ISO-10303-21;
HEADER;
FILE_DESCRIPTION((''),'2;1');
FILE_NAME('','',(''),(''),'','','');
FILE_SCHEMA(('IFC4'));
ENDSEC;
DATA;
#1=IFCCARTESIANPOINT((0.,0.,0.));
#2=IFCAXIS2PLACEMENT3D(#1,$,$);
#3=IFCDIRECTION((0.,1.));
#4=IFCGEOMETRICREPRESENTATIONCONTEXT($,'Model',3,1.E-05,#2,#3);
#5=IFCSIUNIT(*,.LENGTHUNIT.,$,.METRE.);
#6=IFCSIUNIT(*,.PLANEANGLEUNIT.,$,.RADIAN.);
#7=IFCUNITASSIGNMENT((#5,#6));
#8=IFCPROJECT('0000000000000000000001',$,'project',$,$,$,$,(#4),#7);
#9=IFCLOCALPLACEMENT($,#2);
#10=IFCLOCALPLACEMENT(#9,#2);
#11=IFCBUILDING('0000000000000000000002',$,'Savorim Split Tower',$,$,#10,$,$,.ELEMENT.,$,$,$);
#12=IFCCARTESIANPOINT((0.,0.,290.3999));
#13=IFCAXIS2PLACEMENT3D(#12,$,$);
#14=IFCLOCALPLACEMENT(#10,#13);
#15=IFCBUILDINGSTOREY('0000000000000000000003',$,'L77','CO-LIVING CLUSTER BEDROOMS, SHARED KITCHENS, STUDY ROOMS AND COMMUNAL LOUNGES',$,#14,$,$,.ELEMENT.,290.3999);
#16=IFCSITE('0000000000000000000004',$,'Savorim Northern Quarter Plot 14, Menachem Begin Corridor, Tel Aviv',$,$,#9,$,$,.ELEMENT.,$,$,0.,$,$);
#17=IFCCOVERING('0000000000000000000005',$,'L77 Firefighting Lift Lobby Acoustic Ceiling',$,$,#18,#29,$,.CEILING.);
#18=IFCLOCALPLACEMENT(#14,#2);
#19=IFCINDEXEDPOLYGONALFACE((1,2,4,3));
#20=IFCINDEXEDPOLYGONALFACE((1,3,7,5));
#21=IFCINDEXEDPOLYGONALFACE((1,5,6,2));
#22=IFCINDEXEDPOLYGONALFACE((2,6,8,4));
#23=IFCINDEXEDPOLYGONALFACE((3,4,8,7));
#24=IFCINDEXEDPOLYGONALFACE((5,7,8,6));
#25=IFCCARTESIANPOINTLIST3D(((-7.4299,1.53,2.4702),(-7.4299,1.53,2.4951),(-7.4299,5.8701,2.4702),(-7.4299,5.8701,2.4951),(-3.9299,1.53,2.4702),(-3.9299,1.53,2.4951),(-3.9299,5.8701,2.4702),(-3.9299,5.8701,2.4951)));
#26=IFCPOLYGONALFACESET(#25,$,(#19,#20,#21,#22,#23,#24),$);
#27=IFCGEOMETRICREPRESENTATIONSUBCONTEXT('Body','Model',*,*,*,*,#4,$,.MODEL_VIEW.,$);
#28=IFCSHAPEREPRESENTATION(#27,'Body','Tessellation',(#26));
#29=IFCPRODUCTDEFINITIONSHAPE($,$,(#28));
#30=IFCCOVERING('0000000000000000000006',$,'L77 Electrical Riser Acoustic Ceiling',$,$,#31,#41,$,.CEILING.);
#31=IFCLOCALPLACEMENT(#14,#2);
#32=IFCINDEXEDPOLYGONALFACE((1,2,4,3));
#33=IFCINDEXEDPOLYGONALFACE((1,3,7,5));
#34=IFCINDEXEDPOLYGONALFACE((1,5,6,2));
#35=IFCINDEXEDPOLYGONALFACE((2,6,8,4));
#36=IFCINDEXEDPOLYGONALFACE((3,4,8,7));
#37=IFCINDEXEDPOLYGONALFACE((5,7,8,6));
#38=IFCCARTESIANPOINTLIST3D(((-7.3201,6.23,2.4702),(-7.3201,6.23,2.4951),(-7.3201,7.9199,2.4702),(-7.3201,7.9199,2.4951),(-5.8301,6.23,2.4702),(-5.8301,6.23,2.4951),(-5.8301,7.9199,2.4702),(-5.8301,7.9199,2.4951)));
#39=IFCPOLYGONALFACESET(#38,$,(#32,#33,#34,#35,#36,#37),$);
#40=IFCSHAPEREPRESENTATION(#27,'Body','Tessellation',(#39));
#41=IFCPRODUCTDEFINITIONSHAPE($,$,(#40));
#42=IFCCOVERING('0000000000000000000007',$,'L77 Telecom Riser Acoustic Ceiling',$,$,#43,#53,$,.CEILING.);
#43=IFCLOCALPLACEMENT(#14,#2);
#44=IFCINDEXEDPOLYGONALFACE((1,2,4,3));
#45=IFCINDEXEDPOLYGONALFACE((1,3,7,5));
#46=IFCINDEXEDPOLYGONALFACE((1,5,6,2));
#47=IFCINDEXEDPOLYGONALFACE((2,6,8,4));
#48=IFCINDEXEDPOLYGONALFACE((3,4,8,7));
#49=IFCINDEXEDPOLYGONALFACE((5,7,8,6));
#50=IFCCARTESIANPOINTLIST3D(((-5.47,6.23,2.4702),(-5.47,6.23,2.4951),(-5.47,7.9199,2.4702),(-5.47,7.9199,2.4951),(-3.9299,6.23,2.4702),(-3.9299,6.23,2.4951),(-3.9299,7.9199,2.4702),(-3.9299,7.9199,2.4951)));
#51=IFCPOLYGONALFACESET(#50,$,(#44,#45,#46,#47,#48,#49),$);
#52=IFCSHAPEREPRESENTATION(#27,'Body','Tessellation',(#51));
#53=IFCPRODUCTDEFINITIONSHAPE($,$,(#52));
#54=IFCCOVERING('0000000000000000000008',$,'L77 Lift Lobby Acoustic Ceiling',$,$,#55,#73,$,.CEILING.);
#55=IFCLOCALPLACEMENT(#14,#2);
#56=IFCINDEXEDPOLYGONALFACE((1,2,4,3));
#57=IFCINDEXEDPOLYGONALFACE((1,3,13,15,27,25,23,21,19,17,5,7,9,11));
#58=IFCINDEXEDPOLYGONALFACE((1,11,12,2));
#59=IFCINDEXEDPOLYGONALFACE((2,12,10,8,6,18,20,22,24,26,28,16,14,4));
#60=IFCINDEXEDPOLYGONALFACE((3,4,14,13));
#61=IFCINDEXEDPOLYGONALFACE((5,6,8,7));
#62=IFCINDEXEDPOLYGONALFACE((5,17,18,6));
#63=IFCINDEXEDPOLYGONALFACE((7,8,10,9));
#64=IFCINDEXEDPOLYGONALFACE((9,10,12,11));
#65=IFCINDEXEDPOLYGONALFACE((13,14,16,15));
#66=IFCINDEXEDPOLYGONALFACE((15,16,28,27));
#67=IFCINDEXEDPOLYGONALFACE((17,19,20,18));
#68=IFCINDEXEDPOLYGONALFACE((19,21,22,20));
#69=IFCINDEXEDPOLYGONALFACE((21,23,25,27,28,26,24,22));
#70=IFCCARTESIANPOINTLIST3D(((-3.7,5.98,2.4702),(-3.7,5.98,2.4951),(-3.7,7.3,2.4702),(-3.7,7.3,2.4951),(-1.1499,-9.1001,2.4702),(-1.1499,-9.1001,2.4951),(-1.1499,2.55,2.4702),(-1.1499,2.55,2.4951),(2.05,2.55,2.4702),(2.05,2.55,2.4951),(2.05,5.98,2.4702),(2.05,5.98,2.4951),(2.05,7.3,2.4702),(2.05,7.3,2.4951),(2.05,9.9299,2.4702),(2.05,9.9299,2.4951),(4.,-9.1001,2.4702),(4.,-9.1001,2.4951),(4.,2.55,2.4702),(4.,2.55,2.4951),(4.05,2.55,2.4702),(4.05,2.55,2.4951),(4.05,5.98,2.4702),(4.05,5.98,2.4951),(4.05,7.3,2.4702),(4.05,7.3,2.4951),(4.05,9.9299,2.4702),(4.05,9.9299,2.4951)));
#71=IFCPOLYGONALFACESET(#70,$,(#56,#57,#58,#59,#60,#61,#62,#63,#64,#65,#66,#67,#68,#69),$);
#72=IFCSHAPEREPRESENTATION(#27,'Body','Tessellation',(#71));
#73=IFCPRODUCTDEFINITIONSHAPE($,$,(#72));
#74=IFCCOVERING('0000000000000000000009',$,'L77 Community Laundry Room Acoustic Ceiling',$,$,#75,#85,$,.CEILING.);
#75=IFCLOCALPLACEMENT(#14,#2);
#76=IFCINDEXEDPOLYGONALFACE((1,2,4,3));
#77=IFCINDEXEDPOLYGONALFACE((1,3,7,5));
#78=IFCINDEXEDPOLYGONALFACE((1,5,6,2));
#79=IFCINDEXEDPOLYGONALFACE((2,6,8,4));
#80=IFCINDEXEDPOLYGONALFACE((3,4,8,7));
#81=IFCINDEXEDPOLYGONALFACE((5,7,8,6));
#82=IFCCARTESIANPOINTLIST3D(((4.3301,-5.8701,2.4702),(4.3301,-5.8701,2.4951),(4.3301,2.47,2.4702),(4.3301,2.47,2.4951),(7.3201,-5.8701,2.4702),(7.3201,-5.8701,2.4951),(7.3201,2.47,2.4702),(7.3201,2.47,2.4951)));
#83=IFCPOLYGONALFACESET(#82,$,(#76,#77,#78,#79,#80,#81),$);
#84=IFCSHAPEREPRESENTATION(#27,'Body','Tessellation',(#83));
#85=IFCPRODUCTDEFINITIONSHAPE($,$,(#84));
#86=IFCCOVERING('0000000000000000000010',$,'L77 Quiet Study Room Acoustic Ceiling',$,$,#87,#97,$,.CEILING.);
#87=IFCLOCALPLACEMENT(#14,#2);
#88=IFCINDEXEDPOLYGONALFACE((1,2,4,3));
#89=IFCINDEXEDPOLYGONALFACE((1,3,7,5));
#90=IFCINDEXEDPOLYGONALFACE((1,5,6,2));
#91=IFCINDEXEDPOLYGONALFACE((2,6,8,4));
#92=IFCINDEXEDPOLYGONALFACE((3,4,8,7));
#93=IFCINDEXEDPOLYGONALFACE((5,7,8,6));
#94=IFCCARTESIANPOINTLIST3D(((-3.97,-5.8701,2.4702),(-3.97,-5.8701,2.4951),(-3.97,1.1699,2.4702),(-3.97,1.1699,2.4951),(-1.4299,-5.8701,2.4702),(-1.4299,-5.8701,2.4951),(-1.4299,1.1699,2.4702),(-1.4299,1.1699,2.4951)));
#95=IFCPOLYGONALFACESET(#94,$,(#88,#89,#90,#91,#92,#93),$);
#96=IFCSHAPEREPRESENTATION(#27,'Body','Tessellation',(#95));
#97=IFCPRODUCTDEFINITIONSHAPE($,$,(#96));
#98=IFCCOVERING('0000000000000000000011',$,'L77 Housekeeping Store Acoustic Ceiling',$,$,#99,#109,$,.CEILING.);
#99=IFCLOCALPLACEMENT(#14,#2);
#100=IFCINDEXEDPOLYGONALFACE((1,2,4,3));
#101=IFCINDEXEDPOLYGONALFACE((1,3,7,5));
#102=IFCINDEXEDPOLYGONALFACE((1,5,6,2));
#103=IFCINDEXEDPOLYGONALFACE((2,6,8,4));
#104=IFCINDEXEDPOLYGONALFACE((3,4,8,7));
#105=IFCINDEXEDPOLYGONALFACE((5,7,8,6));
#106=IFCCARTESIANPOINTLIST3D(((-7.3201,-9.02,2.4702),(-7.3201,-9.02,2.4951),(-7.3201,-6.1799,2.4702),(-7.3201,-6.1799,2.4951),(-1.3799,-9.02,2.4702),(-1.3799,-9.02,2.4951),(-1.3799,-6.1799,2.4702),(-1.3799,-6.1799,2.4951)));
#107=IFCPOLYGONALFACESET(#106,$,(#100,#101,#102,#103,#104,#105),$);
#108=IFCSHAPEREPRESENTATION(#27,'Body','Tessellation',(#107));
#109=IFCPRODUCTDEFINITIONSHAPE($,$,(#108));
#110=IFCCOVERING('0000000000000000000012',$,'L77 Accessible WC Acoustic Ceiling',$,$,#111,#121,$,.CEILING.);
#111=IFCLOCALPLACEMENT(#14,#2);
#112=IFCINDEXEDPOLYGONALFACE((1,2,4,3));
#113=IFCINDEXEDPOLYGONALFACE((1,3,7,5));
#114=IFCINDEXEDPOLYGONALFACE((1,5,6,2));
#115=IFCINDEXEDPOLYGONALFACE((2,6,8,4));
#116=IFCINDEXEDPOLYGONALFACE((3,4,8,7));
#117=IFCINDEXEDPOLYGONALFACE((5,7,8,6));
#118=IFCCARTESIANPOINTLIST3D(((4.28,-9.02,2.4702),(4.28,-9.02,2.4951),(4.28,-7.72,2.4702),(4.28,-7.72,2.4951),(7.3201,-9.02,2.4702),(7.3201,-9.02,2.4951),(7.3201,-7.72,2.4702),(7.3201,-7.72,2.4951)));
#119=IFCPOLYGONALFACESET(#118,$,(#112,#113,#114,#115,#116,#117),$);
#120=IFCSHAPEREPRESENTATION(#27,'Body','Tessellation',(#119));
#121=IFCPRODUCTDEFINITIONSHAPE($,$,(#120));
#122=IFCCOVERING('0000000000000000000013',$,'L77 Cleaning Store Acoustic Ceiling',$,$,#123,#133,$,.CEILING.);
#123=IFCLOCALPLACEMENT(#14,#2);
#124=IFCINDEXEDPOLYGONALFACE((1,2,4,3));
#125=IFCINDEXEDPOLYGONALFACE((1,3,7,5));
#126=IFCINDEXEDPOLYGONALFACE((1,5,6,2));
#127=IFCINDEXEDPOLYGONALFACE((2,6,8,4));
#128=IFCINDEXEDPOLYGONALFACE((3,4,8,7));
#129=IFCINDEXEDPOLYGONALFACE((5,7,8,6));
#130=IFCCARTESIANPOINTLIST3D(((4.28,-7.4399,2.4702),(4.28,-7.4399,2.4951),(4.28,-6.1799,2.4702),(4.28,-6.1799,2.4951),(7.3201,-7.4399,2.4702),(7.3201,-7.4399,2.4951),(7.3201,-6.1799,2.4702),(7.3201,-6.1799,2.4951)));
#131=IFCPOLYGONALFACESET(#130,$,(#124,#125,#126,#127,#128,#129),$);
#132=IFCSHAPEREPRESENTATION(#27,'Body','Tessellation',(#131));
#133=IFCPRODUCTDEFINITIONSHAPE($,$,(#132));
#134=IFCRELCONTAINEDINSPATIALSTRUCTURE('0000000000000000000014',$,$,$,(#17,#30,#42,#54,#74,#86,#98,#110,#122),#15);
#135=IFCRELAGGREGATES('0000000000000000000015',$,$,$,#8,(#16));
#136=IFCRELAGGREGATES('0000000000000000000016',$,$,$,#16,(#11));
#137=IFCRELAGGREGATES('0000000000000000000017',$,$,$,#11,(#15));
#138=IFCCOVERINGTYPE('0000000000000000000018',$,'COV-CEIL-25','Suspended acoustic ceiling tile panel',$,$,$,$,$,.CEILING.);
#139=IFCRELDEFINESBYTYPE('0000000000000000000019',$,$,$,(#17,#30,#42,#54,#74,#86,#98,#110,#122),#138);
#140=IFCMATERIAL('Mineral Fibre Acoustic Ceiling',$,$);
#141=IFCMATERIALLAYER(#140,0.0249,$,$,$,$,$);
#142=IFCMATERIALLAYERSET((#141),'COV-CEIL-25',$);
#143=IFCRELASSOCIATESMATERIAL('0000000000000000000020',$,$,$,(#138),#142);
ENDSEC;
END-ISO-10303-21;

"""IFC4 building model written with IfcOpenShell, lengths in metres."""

from ifc_helpers import new_model, si_unit, direction, frame, origin, place, context, subcontext, project, spatial, polyline, outline, extrude, material, layer, layer_set, type_object, element, save


model = new_model("IFC4")

# Units and contexts
model_context = context("Model", 3, precision=1e-05, world=origin(), true_north=direction((0.0, 1.0)))
body_context = subcontext(model_context, "Body", "Model", "MODEL_VIEW")
ifc_project = project(units=[si_unit("LENGTHUNIT", "METRE"), si_unit("PLANEANGLEUNIT", "RADIAN")], contexts=[model_context])

# Site, building, storey
site_placement = place(None, origin())
site = spatial("IfcSite", under=ifc_project, at=site_placement, Name="Savorim Northern Quarter Plot 14, Menachem Begin Corridor, Tel Aviv", CompositionType="ELEMENT", RefElevation=0.0)
building_placement = place(site_placement, origin())
building = spatial("IfcBuilding", under=site, at=building_placement, Name="Savorim Split Tower", CompositionType="ELEMENT")
storey_placement = place(building_placement, frame((0.0, 0.0, 290.3999)))
storey = spatial("IfcBuildingStorey", under=building, at=storey_placement, Name="L77", Description="CO-LIVING CLUSTER BEDROOMS, SHARED KITCHENS, STUDY ROOMS AND COMMUNAL LOUNGES", CompositionType="ELEMENT", Elevation=290.3999)

# Coverings
ifc_material_1 = material(Name="Mineral Fibre Acoustic Ceiling")
ifc_layer_1 = layer(ifc_material_1, 0.0249)
ifc_layer_set_1 = layer_set([ifc_layer_1], Name="COV-CEIL-25")
covering_type_1 = type_object("IfcCoveringType", Name="COV-CEIL-25", Description="Suspended acoustic ceiling tile panel", PredefinedType="CEILING", material=ifc_layer_set_1)
covering_1_placement = place(storey_placement, frame((0.0, 0.0, 2.4702)))
element("IfcCovering", 1, at=covering_1_placement, inside=storey, type_object=covering_type_1, Name="L77 Firefighting Lift Lobby Acoustic Ceiling", PredefinedType="CEILING", context=body_context, shape_type="SweptSolid", body=[
    extrude(outline(polyline([(-7.4299, 5.8701), (-7.4299, 1.53), (-3.9299, 1.53), (-3.9299, 5.8701), (-7.4299, 5.8701)])), origin(), (0.0, 0.0, 1.0), 0.0249),
])
covering_2_placement = place(storey_placement, frame((0.0, 0.0, 2.4702)))
element("IfcCovering", 2, at=covering_2_placement, inside=storey, type_object=covering_type_1, Name="L77 Electrical Riser Acoustic Ceiling", PredefinedType="CEILING", context=body_context, shape_type="SweptSolid", body=[
    extrude(outline(polyline([(-7.3201, 7.9199), (-7.3201, 6.23), (-5.8301, 6.23), (-5.8301, 7.9199), (-7.3201, 7.9199)])), origin(), (0.0, 0.0, 1.0), 0.0249),
])
covering_3_placement = place(storey_placement, frame((0.0, 0.0, 2.4702)))
element("IfcCovering", 3, at=covering_3_placement, inside=storey, type_object=covering_type_1, Name="L77 Telecom Riser Acoustic Ceiling", PredefinedType="CEILING", context=body_context, shape_type="SweptSolid", body=[
    extrude(outline(polyline([(-5.47, 7.9199), (-5.47, 6.23), (-3.9299, 6.23), (-3.9299, 7.9199), (-5.47, 7.9199)])), origin(), (0.0, 0.0, 1.0), 0.0249),
])
covering_4_placement = place(storey_placement, frame((0.0, 0.0, 2.4702)))
element("IfcCovering", 4, at=covering_4_placement, inside=storey, type_object=covering_type_1, Name="L77 Lift Lobby Acoustic Ceiling", PredefinedType="CEILING", context=body_context, shape_type="SweptSolid", body=[
    extrude(outline(polyline([(2.05, 2.55), (-1.1499, 2.55), (-1.1499, -9.1001), (4.0, -9.1001), (4.0, 2.55), (4.05, 2.55), (4.05, 5.98), (4.05, 7.3), (4.05, 9.9299), (2.05, 9.9299), (2.05, 7.3), (-3.7, 7.3), (-3.7, 5.98), (2.05, 5.98), (2.05, 2.55)])), origin(), (0.0, 0.0, 1.0), 0.0249),
])
covering_5_placement = place(storey_placement, frame((0.0, 0.0, 2.4702)))
element("IfcCovering", 5, at=covering_5_placement, inside=storey, type_object=covering_type_1, Name="L77 Community Laundry Room Acoustic Ceiling", PredefinedType="CEILING", context=body_context, shape_type="SweptSolid", body=[
    extrude(outline(polyline([(4.3301, 2.47), (4.3301, -5.8701), (7.3201, -5.8701), (7.3201, 2.47), (4.3301, 2.47)])), origin(), (0.0, 0.0, 1.0), 0.0249),
])
covering_6_placement = place(storey_placement, frame((0.0, 0.0, 2.4702)))
element("IfcCovering", 6, at=covering_6_placement, inside=storey, type_object=covering_type_1, Name="L77 Quiet Study Room Acoustic Ceiling", PredefinedType="CEILING", context=body_context, shape_type="SweptSolid", body=[
    extrude(outline(polyline([(-3.97, 1.1699), (-3.97, -5.8701), (-1.4299, -5.8701), (-1.4299, 1.1699), (-3.97, 1.1699)])), origin(), (0.0, 0.0, 1.0), 0.0249),
])
covering_7_placement = place(storey_placement, frame((0.0, 0.0, 2.4702)))
element("IfcCovering", 7, at=covering_7_placement, inside=storey, type_object=covering_type_1, Name="L77 Housekeeping Store Acoustic Ceiling", PredefinedType="CEILING", context=body_context, shape_type="SweptSolid", body=[
    extrude(outline(polyline([(-7.3201, -6.1799), (-7.3201, -9.02), (-1.3799, -9.02), (-1.3799, -6.1799), (-7.3201, -6.1799)])), origin(), (0.0, 0.0, 1.0), 0.0249),
])
covering_8_placement = place(storey_placement, frame((0.0, 0.0, 2.4702)))
element("IfcCovering", 8, at=covering_8_placement, inside=storey, type_object=covering_type_1, Name="L77 Accessible WC Acoustic Ceiling", PredefinedType="CEILING", context=body_context, shape_type="SweptSolid", body=[
    extrude(outline(polyline([(4.28, -7.72), (4.28, -9.02), (7.3201, -9.02), (7.3201, -7.72), (4.28, -7.72)])), origin(), (0.0, 0.0, 1.0), 0.0249),
])
covering_9_placement = place(storey_placement, frame((0.0, 0.0, 2.4702)))
element("IfcCovering", 9, at=covering_9_placement, inside=storey, type_object=covering_type_1, Name="L77 Cleaning Store Acoustic Ceiling", PredefinedType="CEILING", context=body_context, shape_type="SweptSolid", body=[
    extrude(outline(polyline([(4.28, -6.1799), (4.28, -7.4399), (7.3201, -7.4399), (7.3201, -6.1799), (4.28, -6.1799)])), origin(), (0.0, 0.0, 1.0), 0.0249),
])

save(model, "model.ifc")
